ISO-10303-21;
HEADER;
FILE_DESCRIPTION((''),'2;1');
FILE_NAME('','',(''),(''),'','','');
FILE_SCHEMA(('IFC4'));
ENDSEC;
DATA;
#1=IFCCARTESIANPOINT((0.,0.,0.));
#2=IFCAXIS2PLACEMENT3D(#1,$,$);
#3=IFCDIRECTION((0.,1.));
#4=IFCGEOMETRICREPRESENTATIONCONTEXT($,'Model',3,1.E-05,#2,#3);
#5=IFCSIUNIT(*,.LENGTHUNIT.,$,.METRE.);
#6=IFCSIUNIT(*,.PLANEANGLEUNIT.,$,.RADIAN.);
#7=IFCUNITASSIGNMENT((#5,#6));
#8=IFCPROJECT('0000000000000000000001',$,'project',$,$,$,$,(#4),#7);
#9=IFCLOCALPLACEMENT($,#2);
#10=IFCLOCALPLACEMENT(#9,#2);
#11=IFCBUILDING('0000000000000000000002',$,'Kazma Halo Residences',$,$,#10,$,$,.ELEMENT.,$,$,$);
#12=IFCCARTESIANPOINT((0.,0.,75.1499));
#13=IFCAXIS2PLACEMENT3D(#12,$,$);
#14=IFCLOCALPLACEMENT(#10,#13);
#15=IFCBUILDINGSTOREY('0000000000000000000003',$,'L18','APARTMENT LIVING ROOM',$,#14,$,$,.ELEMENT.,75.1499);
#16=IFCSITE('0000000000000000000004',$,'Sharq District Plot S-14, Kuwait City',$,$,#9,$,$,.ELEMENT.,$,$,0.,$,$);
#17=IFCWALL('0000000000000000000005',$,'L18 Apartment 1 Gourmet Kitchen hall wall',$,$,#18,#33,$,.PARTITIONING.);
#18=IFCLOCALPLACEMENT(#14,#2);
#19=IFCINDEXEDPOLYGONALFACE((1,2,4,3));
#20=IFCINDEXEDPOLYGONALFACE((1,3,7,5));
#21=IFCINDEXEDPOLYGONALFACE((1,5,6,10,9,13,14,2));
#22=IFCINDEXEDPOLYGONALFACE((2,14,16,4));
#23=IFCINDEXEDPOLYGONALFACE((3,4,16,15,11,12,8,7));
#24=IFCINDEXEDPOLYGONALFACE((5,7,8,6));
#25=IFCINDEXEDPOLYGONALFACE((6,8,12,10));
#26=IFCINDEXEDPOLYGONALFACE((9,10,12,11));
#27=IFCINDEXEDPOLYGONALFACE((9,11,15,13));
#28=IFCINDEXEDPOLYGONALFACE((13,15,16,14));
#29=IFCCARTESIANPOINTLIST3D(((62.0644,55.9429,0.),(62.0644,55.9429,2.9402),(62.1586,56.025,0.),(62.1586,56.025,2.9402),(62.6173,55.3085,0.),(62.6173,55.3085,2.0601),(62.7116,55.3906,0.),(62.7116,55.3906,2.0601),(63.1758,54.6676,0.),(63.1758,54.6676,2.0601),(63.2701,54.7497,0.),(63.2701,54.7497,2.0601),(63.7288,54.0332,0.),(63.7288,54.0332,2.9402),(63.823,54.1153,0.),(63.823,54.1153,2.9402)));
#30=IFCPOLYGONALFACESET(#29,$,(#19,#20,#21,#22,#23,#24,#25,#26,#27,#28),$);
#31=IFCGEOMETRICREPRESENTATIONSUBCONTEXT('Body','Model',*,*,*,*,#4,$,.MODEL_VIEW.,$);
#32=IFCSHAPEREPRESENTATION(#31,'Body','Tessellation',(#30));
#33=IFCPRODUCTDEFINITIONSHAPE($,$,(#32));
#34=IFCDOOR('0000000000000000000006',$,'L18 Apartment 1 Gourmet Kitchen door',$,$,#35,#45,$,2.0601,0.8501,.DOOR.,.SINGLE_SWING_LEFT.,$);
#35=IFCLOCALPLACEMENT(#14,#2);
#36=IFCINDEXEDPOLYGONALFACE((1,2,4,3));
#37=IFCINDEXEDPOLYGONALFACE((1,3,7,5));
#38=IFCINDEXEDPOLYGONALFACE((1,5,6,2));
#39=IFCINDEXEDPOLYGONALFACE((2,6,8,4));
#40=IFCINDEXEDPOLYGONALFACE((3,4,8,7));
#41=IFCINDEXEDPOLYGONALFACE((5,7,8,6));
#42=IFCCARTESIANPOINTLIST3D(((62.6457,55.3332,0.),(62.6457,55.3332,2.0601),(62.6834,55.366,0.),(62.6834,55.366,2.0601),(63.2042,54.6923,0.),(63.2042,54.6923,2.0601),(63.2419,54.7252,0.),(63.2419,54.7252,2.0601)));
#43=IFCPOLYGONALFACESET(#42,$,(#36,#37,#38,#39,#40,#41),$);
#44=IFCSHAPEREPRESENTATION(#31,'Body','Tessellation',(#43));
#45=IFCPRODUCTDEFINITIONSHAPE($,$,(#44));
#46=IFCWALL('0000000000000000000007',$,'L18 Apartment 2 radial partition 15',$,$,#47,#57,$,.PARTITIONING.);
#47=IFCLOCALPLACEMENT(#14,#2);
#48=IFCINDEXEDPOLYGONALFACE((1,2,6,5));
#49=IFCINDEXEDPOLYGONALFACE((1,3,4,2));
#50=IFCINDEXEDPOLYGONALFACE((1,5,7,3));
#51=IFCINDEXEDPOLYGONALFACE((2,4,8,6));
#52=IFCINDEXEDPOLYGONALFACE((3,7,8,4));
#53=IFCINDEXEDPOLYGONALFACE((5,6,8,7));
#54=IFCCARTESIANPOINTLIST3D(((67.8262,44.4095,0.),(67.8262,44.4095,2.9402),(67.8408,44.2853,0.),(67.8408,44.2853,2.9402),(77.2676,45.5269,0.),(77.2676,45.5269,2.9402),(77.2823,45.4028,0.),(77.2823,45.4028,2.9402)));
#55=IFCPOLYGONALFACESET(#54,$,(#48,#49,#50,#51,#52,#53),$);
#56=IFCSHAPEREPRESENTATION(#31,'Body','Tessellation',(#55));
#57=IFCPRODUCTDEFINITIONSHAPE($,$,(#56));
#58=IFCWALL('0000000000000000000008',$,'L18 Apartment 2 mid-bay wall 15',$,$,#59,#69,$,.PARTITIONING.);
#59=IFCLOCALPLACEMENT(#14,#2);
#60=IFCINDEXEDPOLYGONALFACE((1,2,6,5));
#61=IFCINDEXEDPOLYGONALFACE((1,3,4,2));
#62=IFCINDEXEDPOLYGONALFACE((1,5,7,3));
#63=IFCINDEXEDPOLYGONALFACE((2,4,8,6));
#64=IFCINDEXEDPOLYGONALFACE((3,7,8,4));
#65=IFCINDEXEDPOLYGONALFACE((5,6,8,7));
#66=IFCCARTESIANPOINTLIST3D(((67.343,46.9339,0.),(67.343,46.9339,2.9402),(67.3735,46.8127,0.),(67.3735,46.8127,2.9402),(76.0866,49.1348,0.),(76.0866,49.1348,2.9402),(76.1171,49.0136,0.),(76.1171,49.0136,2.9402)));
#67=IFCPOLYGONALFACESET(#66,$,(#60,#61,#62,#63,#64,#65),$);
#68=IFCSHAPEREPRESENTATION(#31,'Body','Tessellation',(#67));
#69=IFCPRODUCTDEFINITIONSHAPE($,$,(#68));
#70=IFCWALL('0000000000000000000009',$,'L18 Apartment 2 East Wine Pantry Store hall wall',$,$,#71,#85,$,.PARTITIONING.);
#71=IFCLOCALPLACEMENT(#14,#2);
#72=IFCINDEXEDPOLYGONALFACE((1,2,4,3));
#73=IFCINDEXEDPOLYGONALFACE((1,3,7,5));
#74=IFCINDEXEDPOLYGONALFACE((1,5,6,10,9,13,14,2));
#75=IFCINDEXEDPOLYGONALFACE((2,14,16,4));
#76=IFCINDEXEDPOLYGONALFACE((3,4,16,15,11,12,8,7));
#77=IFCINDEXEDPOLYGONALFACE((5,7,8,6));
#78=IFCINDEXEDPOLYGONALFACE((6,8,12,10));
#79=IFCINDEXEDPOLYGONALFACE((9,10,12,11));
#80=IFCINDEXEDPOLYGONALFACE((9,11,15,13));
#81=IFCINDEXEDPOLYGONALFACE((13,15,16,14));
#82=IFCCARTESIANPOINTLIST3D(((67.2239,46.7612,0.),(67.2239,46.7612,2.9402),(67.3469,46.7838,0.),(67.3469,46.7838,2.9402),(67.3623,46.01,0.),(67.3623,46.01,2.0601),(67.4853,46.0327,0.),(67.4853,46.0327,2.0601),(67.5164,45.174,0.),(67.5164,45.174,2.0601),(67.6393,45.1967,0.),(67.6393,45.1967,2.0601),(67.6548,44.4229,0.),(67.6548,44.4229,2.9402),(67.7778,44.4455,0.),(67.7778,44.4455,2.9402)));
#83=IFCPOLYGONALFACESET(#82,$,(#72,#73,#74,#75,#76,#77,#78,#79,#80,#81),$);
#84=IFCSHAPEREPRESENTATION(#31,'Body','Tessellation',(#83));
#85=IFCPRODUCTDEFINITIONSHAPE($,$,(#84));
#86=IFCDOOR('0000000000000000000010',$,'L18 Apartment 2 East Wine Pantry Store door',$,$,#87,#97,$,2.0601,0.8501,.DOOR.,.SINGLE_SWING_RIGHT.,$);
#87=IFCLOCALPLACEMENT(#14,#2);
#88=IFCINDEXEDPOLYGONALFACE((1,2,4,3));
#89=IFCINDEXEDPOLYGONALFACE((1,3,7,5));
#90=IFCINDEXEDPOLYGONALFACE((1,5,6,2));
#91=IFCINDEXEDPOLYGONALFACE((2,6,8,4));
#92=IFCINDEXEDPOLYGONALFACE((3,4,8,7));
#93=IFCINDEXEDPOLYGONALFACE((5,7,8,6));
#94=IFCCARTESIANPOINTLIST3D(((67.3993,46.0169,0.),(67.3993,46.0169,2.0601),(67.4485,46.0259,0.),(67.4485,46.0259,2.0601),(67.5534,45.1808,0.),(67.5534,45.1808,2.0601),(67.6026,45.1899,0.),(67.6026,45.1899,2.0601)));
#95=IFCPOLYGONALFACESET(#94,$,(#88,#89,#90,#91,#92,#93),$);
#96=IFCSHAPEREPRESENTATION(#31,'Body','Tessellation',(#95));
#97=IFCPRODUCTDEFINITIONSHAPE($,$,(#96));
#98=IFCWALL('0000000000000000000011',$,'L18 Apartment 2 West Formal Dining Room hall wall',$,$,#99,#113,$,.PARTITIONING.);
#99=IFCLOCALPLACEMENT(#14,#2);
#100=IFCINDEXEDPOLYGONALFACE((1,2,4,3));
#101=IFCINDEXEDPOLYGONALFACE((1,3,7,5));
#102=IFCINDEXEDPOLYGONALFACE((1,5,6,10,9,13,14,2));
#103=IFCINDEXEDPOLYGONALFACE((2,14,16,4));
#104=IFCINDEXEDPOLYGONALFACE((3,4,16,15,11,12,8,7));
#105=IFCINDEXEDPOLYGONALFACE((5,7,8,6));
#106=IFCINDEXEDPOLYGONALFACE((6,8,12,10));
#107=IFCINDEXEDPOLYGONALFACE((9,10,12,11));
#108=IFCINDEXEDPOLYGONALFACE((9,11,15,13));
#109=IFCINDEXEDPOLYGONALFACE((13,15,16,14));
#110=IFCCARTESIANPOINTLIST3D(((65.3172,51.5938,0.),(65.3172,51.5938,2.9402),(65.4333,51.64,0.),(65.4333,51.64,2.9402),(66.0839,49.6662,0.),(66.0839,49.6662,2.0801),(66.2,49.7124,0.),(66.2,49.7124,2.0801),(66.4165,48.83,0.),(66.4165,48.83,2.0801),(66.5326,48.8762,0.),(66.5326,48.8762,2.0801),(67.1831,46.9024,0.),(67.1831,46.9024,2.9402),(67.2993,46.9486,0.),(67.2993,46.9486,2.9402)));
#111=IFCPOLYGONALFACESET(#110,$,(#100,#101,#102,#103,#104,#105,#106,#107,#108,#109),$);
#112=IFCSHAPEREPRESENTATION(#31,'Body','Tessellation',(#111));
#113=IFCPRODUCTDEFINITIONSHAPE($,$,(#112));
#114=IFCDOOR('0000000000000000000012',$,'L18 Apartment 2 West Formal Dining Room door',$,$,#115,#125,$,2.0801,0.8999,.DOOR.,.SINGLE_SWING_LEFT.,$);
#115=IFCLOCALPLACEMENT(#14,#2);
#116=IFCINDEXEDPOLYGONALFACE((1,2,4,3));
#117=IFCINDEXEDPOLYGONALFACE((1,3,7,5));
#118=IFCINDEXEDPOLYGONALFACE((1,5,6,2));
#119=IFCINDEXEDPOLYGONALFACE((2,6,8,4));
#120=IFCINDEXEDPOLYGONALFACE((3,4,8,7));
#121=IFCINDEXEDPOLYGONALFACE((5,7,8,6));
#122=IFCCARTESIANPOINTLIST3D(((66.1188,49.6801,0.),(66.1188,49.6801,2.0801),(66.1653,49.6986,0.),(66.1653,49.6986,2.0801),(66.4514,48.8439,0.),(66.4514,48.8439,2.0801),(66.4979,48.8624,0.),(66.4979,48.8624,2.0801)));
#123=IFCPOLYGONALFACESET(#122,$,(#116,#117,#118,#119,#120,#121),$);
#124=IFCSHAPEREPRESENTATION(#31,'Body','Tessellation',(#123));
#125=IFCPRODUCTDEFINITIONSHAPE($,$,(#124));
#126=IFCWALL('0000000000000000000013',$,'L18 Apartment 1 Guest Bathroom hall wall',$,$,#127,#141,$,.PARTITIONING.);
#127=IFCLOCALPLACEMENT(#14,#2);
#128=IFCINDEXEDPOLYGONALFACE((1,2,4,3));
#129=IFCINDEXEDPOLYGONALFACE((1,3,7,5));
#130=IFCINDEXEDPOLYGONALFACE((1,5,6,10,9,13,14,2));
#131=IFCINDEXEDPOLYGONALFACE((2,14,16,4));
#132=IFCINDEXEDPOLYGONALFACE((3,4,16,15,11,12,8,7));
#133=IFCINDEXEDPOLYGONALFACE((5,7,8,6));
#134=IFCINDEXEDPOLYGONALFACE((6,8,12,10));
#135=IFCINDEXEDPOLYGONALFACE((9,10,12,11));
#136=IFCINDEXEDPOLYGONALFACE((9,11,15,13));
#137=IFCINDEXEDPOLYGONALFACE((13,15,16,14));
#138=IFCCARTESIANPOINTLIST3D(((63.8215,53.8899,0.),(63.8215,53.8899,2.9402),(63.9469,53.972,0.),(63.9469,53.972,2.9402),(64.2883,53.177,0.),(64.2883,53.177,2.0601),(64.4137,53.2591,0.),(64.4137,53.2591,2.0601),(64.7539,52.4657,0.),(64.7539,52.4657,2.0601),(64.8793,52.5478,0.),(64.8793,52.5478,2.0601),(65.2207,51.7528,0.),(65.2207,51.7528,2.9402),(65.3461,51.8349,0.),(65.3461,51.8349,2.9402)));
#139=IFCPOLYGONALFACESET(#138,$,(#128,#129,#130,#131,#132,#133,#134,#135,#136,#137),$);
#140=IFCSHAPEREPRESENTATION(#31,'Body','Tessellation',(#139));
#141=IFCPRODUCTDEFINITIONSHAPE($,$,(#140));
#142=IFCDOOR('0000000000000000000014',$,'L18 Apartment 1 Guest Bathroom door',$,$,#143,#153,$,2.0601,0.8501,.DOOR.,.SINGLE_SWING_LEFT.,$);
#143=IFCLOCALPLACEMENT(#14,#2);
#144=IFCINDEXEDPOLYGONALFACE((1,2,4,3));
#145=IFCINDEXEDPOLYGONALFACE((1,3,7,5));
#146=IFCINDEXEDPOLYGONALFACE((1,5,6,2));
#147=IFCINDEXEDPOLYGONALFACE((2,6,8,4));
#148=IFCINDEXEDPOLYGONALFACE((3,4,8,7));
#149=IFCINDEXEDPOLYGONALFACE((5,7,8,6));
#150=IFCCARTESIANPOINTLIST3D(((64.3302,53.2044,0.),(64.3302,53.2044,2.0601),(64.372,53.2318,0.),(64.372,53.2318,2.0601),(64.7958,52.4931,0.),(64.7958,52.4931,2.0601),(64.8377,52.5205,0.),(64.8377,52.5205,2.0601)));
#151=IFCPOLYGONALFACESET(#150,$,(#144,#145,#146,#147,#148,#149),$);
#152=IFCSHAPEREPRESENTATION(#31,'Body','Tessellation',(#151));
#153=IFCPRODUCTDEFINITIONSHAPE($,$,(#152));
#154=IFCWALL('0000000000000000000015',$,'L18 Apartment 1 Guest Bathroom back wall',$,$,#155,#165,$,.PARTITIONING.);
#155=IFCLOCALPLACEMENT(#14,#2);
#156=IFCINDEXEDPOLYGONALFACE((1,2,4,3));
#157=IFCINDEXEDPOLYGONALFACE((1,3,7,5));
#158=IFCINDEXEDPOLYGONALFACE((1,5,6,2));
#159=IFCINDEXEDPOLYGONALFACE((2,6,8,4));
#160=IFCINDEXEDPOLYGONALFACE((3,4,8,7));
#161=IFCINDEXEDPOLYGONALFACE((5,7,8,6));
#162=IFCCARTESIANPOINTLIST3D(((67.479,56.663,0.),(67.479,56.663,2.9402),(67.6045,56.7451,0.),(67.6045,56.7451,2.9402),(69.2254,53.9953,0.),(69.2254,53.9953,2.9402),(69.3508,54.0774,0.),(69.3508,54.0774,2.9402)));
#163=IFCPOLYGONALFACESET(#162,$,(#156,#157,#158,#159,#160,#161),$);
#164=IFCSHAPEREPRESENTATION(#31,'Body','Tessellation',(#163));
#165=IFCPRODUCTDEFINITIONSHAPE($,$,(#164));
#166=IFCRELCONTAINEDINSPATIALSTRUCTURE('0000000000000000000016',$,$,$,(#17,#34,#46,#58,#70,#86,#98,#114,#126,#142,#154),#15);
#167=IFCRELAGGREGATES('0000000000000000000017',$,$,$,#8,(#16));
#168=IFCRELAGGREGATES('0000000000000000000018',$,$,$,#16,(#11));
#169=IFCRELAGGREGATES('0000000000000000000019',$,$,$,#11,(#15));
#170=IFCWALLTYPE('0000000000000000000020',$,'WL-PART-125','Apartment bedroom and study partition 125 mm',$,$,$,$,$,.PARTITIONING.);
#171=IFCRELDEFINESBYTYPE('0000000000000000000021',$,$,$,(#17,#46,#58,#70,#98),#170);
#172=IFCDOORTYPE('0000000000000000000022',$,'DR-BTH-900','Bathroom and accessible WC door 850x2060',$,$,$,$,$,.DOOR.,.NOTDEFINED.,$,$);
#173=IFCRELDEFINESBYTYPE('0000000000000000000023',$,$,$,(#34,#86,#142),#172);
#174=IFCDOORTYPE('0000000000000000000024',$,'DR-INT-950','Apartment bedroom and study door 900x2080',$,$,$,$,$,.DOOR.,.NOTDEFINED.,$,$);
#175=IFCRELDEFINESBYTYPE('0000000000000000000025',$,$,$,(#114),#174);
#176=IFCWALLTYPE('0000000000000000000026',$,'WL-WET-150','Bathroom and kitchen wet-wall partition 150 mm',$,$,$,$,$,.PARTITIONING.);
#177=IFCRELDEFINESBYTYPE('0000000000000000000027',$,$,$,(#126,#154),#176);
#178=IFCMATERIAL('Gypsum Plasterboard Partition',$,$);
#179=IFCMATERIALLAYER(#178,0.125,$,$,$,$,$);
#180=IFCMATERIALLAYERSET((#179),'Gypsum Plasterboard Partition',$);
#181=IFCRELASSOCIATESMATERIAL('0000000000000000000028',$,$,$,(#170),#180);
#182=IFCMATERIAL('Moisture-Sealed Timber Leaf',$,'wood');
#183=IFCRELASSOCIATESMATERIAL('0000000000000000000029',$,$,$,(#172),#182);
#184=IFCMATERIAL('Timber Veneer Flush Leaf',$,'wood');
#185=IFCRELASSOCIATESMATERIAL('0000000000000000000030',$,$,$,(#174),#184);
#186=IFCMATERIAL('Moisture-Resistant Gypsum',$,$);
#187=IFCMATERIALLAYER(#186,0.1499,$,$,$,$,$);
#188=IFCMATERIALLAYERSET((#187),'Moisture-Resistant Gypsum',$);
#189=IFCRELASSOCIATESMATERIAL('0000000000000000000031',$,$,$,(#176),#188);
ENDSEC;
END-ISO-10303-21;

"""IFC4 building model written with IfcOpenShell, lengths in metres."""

from ifc_helpers import new_model, si_unit, direction, frame, frame_2d, origin, place, context, subcontext, project, spatial, rectangle, extrude, material, layer, layer_set, type_object, element, fill, save


model = new_model("IFC4")

# Units and contexts
model_context = context("Model", 3, precision=1e-05, world=origin(), true_north=direction((0.0, 1.0)))
body_context = subcontext(model_context, "Body", "Model", "MODEL_VIEW")
ifc_project = project(units=[si_unit("LENGTHUNIT", "METRE"), si_unit("PLANEANGLEUNIT", "RADIAN")], contexts=[model_context])

# Site, building, storey
site_placement = place(None, origin())
site = spatial("IfcSite", under=ifc_project, at=site_placement, Name="Sharq District Plot S-14, Kuwait City", CompositionType="ELEMENT", RefElevation=0.0)
building_placement = place(site_placement, origin())
building = spatial("IfcBuilding", under=site, at=building_placement, Name="Kazma Halo Residences", CompositionType="ELEMENT")
storey_placement = place(building_placement, frame((0.0, 0.0, 75.1499)))
storey = spatial("IfcBuildingStorey", under=building, at=storey_placement, Name="L18", Description="APARTMENT LIVING ROOM", CompositionType="ELEMENT", Elevation=75.1499)

# Wall, opening, door
ifc_material_1 = material(Name="Gypsum Plasterboard Partition")
ifc_layer_1 = layer(ifc_material_1, 0.125)
ifc_layer_set_1 = layer_set([ifc_layer_1], Name="Gypsum Plasterboard Partition")
wall_type_1 = type_object("IfcWallType", Name="WL-PART-125", Description="Apartment bedroom and study partition 125 mm", PredefinedType="PARTITIONING", material=ifc_layer_set_1)
wall_1_placement = place(storey_placement, frame((63.7759, 54.0742, 0.0), z_axis=(0.0, 0.0, 1.0), x_axis=(-0.657016, 0.753877, 0.0)))
wall_1 = element("IfcWall", 1, at=wall_1_placement, inside=storey, type_object=wall_type_1, Name="L18 Apartment 1 Gourmet Kitchen hall wall", PredefinedType="PARTITIONING", context=body_context, shape_type="SweptSolid", body=[
    extrude(rectangle(XDim=2.5332, YDim=0.125, at=frame_2d((1.2666, 0.0))), origin(), (0.0, 0.0, 1.0), 2.9402),
])
opening_1_placement = place(wall_1_placement, frame((0.8416, 0.0, 0.0)))
opening_1 = element("IfcOpeningElement", 2, at=opening_1_placement, cuts=wall_1, PredefinedType="OPENING", context=body_context, shape_type="SweptSolid", body=[
    extrude(rectangle(XDim=0.8501, YDim=2.0601, at=frame_2d((0.425, 1.03))), frame((0.0, 0.0725, 0.0), z_axis=(0.0, -1.0, 0.0), x_axis=(1.0, 0.0, 0.0)), (0.0, 0.0, 1.0), 0.145),
])
ifc_material_2 = material(Name="Moisture-Sealed Timber Leaf", Category="wood")
door_type_1 = type_object("IfcDoorType", Name="DR-BTH-900", Description="Bathroom and accessible WC door 850x2060", OperationType="NOTDEFINED", PredefinedType="DOOR", material=ifc_material_2)
door_1_placement = place(opening_1_placement, origin())
door_1 = element("IfcDoor", 3, at=door_1_placement, inside=storey, type_object=door_type_1, Name="L18 Apartment 1 Gourmet Kitchen door", OperationType="SINGLE_SWING_LEFT", OverallHeight=2.0601, OverallWidth=0.8501, PredefinedType="DOOR", context=body_context, shape_type="SweptSolid", body=[
    extrude(rectangle(XDim=0.8501, YDim=2.0601, at=frame_2d((0.425, 1.03))), frame((0.0, 0.0249, 0.0), z_axis=(0.0, -1.0, 0.0), x_axis=(1.0, 0.0, 0.0)), (0.0, 0.0, 1.0), 0.05),
])
fill(opening_1, door_1)

# Walls
wall_2_placement = place(storey_placement, frame((67.8335, 44.3474, 0.0), z_axis=(0.0, 0.0, 1.0), x_axis=(0.993069, 0.117534, 0.0)))
element("IfcWall", 4, at=wall_2_placement, inside=storey, type_object=wall_type_1, Name="L18 Apartment 2 radial partition 15", PredefinedType="PARTITIONING", context=body_context, shape_type="SweptSolid", body=[
    extrude(rectangle(XDim=9.5073, YDim=0.125, at=frame_2d((4.7537, 0.0))), origin(), (0.0, 0.0, 1.0), 2.9402),
])
wall_3_placement = place(storey_placement, frame((67.3582, 46.8733, 0.0), z_axis=(0.0, 0.0, 1.0), x_axis=(0.969749, 0.244103, 0.0)))
element("IfcWall", 5, at=wall_3_placement, inside=storey, type_object=wall_type_1, Name="L18 Apartment 2 mid-bay wall 15", PredefinedType="PARTITIONING", context=body_context, shape_type="SweptSolid", body=[
    extrude(rectangle(XDim=9.0164, YDim=0.125, at=frame_2d((4.5083, 0.0))), origin(), (0.0, 0.0, 1.0), 2.9402),
])

# Walls, openings, doors
wall_4_placement = place(storey_placement, frame((67.7163, 44.4341, 0.0), z_axis=(0.0, 0.0, 1.0), x_axis=(-0.181225, 0.983442, 0.0)))
wall_4 = element("IfcWall", 6, at=wall_4_placement, inside=storey, type_object=wall_type_1, Name="L18 Apartment 2 East Wine Pantry Store hall wall", PredefinedType="PARTITIONING", context=body_context, shape_type="SweptSolid", body=[
    extrude(rectangle(XDim=2.3777, YDim=0.125, at=frame_2d((1.189, 0.0))), origin(), (0.0, 0.0, 1.0), 2.9402),
])
opening_2_placement = place(wall_4_placement, frame((0.7639, 0.0, 0.0)))
opening_2 = element("IfcOpeningElement", 7, at=opening_2_placement, cuts=wall_4, PredefinedType="OPENING", context=body_context, shape_type="SweptSolid", body=[
    extrude(rectangle(XDim=0.8501, YDim=2.0601, at=frame_2d((0.425, 1.03))), frame((0.0, 0.0725, 0.0), z_axis=(0.0, -1.0, 0.0), x_axis=(1.0, 0.0, 0.0)), (0.0, 0.0, 1.0), 0.145),
])
door_2_placement = place(opening_2_placement, origin())
door_2 = element("IfcDoor", 8, at=door_2_placement, inside=storey, type_object=door_type_1, Name="L18 Apartment 2 East Wine Pantry Store door", OperationType="SINGLE_SWING_RIGHT", OverallHeight=2.0601, OverallWidth=0.8501, PredefinedType="DOOR", context=body_context, shape_type="SweptSolid", body=[
    extrude(rectangle(XDim=0.8501, YDim=2.0601, at=frame_2d((0.425, 1.03))), frame((0.0, 0.0249, 0.0), z_axis=(0.0, -1.0, 0.0), x_axis=(1.0, 0.0, 0.0)), (0.0, 0.0, 1.0), 0.05),
])
fill(opening_2, door_2)
wall_5_placement = place(storey_placement, frame((67.2412, 46.9255, 0.0), z_axis=(0.0, 0.0, 1.0), x_axis=(-0.369581, 0.929199, 0.0)))
wall_5 = element("IfcWall", 9, at=wall_5_placement, inside=storey, type_object=wall_type_1, Name="L18 Apartment 2 West Formal Dining Room hall wall", PredefinedType="PARTITIONING", context=body_context, shape_type="SweptSolid", body=[
    extrude(rectangle(XDim=5.0488, YDim=0.125, at=frame_2d((2.5244, 0.0))), origin(), (0.0, 0.0, 1.0), 2.9402),
])
opening_3_placement = place(wall_5_placement, frame((2.0745, 0.0, 0.0)))
opening_3 = element("IfcOpeningElement", 10, at=opening_3_placement, cuts=wall_5, PredefinedType="OPENING", context=body_context, shape_type="SweptSolid", body=[
    extrude(rectangle(XDim=0.8999, YDim=2.0801, at=frame_2d((0.45, 1.04))), frame((0.0, 0.0725, 0.0), z_axis=(0.0, -1.0, 0.0), x_axis=(1.0, 0.0, 0.0)), (0.0, 0.0, 1.0), 0.145),
])
ifc_material_3 = material(Name="Timber Veneer Flush Leaf", Category="wood")
door_type_2 = type_object("IfcDoorType", Name="DR-INT-950", Description="Apartment bedroom and study door 900x2080", OperationType="NOTDEFINED", PredefinedType="DOOR", material=ifc_material_3)
door_3_placement = place(opening_3_placement, origin())
door_3 = element("IfcDoor", 11, at=door_3_placement, inside=storey, type_object=door_type_2, Name="L18 Apartment 2 West Formal Dining Room door", OperationType="SINGLE_SWING_LEFT", OverallHeight=2.0801, OverallWidth=0.8999, PredefinedType="DOOR", context=body_context, shape_type="SweptSolid", body=[
    extrude(rectangle(XDim=0.8999, YDim=2.0801, at=frame_2d((0.45, 1.04))), frame((0.0, 0.0249, 0.0), z_axis=(0.0, -1.0, 0.0), x_axis=(1.0, 0.0, 0.0)), (0.0, 0.0, 1.0), 0.05),
])
fill(opening_3, door_3)
ifc_material_4 = material(Name="Moisture-Resistant Gypsum")
ifc_layer_2 = layer(ifc_material_4, 0.1499)
ifc_layer_set_2 = layer_set([ifc_layer_2], Name="Moisture-Resistant Gypsum")
wall_type_2 = type_object("IfcWallType", Name="WL-WET-150", Description="Bathroom and kitchen wet-wall partition 150 mm", PredefinedType="PARTITIONING", material=ifc_layer_set_2)
wall_6_placement = place(storey_placement, frame((65.2834, 51.7937, 0.0), z_axis=(0.0, 0.0, 1.0), x_axis=(-0.547733, 0.836653, 0.0)))
wall_6 = element("IfcWall", 12, at=wall_6_placement, inside=storey, type_object=wall_type_2, Name="L18 Apartment 1 Guest Bathroom hall wall", PredefinedType="PARTITIONING", context=body_context, shape_type="SweptSolid", body=[
    extrude(rectangle(XDim=2.5544, YDim=0.1499, at=frame_2d((1.2773, 0.0))), origin(), (0.0, 0.0, 1.0), 2.9402),
])
opening_4_placement = place(wall_6_placement, frame((0.8523, 0.0, 0.0)))
opening_4 = element("IfcOpeningElement", 13, at=opening_4_placement, cuts=wall_6, PredefinedType="OPENING", context=body_context, shape_type="SweptSolid", body=[
    extrude(rectangle(XDim=0.8501, YDim=2.0601, at=frame_2d((0.425, 1.03))), frame((0.0, 0.085, 0.0), z_axis=(0.0, -1.0, 0.0), x_axis=(1.0, 0.0, 0.0)), (0.0, 0.0, 1.0), 0.1699),
])
door_4_placement = place(opening_4_placement, origin())
door_4 = element("IfcDoor", 14, at=door_4_placement, inside=storey, type_object=door_type_1, Name="L18 Apartment 1 Guest Bathroom door", OperationType="SINGLE_SWING_LEFT", OverallHeight=2.0601, OverallWidth=0.8501, PredefinedType="DOOR", context=body_context, shape_type="SweptSolid", body=[
    extrude(rectangle(XDim=0.8501, YDim=2.0601, at=frame_2d((0.425, 1.03))), frame((0.0, 0.0249, 0.0), z_axis=(0.0, -1.0, 0.0), x_axis=(1.0, 0.0, 0.0)), (0.0, 0.0, 1.0), 0.05),
])
fill(opening_4, door_4)

# Wall
wall_7_placement = place(storey_placement, frame((69.2881, 54.0364, 0.0), z_axis=(0.0, 0.0, 1.0), x_axis=(-0.547701, 0.836674, 0.0)))
element("IfcWall", 15, at=wall_7_placement, inside=storey, type_object=wall_type_2, Name="L18 Apartment 1 Guest Bathroom back wall", PredefinedType="PARTITIONING", context=body_context, shape_type="SweptSolid", body=[
    extrude(rectangle(XDim=3.1885, YDim=0.1499, at=frame_2d((1.5942, 0.0))), origin(), (0.0, 0.0, 1.0), 2.9402),
])

save(model, "model.ifc")
